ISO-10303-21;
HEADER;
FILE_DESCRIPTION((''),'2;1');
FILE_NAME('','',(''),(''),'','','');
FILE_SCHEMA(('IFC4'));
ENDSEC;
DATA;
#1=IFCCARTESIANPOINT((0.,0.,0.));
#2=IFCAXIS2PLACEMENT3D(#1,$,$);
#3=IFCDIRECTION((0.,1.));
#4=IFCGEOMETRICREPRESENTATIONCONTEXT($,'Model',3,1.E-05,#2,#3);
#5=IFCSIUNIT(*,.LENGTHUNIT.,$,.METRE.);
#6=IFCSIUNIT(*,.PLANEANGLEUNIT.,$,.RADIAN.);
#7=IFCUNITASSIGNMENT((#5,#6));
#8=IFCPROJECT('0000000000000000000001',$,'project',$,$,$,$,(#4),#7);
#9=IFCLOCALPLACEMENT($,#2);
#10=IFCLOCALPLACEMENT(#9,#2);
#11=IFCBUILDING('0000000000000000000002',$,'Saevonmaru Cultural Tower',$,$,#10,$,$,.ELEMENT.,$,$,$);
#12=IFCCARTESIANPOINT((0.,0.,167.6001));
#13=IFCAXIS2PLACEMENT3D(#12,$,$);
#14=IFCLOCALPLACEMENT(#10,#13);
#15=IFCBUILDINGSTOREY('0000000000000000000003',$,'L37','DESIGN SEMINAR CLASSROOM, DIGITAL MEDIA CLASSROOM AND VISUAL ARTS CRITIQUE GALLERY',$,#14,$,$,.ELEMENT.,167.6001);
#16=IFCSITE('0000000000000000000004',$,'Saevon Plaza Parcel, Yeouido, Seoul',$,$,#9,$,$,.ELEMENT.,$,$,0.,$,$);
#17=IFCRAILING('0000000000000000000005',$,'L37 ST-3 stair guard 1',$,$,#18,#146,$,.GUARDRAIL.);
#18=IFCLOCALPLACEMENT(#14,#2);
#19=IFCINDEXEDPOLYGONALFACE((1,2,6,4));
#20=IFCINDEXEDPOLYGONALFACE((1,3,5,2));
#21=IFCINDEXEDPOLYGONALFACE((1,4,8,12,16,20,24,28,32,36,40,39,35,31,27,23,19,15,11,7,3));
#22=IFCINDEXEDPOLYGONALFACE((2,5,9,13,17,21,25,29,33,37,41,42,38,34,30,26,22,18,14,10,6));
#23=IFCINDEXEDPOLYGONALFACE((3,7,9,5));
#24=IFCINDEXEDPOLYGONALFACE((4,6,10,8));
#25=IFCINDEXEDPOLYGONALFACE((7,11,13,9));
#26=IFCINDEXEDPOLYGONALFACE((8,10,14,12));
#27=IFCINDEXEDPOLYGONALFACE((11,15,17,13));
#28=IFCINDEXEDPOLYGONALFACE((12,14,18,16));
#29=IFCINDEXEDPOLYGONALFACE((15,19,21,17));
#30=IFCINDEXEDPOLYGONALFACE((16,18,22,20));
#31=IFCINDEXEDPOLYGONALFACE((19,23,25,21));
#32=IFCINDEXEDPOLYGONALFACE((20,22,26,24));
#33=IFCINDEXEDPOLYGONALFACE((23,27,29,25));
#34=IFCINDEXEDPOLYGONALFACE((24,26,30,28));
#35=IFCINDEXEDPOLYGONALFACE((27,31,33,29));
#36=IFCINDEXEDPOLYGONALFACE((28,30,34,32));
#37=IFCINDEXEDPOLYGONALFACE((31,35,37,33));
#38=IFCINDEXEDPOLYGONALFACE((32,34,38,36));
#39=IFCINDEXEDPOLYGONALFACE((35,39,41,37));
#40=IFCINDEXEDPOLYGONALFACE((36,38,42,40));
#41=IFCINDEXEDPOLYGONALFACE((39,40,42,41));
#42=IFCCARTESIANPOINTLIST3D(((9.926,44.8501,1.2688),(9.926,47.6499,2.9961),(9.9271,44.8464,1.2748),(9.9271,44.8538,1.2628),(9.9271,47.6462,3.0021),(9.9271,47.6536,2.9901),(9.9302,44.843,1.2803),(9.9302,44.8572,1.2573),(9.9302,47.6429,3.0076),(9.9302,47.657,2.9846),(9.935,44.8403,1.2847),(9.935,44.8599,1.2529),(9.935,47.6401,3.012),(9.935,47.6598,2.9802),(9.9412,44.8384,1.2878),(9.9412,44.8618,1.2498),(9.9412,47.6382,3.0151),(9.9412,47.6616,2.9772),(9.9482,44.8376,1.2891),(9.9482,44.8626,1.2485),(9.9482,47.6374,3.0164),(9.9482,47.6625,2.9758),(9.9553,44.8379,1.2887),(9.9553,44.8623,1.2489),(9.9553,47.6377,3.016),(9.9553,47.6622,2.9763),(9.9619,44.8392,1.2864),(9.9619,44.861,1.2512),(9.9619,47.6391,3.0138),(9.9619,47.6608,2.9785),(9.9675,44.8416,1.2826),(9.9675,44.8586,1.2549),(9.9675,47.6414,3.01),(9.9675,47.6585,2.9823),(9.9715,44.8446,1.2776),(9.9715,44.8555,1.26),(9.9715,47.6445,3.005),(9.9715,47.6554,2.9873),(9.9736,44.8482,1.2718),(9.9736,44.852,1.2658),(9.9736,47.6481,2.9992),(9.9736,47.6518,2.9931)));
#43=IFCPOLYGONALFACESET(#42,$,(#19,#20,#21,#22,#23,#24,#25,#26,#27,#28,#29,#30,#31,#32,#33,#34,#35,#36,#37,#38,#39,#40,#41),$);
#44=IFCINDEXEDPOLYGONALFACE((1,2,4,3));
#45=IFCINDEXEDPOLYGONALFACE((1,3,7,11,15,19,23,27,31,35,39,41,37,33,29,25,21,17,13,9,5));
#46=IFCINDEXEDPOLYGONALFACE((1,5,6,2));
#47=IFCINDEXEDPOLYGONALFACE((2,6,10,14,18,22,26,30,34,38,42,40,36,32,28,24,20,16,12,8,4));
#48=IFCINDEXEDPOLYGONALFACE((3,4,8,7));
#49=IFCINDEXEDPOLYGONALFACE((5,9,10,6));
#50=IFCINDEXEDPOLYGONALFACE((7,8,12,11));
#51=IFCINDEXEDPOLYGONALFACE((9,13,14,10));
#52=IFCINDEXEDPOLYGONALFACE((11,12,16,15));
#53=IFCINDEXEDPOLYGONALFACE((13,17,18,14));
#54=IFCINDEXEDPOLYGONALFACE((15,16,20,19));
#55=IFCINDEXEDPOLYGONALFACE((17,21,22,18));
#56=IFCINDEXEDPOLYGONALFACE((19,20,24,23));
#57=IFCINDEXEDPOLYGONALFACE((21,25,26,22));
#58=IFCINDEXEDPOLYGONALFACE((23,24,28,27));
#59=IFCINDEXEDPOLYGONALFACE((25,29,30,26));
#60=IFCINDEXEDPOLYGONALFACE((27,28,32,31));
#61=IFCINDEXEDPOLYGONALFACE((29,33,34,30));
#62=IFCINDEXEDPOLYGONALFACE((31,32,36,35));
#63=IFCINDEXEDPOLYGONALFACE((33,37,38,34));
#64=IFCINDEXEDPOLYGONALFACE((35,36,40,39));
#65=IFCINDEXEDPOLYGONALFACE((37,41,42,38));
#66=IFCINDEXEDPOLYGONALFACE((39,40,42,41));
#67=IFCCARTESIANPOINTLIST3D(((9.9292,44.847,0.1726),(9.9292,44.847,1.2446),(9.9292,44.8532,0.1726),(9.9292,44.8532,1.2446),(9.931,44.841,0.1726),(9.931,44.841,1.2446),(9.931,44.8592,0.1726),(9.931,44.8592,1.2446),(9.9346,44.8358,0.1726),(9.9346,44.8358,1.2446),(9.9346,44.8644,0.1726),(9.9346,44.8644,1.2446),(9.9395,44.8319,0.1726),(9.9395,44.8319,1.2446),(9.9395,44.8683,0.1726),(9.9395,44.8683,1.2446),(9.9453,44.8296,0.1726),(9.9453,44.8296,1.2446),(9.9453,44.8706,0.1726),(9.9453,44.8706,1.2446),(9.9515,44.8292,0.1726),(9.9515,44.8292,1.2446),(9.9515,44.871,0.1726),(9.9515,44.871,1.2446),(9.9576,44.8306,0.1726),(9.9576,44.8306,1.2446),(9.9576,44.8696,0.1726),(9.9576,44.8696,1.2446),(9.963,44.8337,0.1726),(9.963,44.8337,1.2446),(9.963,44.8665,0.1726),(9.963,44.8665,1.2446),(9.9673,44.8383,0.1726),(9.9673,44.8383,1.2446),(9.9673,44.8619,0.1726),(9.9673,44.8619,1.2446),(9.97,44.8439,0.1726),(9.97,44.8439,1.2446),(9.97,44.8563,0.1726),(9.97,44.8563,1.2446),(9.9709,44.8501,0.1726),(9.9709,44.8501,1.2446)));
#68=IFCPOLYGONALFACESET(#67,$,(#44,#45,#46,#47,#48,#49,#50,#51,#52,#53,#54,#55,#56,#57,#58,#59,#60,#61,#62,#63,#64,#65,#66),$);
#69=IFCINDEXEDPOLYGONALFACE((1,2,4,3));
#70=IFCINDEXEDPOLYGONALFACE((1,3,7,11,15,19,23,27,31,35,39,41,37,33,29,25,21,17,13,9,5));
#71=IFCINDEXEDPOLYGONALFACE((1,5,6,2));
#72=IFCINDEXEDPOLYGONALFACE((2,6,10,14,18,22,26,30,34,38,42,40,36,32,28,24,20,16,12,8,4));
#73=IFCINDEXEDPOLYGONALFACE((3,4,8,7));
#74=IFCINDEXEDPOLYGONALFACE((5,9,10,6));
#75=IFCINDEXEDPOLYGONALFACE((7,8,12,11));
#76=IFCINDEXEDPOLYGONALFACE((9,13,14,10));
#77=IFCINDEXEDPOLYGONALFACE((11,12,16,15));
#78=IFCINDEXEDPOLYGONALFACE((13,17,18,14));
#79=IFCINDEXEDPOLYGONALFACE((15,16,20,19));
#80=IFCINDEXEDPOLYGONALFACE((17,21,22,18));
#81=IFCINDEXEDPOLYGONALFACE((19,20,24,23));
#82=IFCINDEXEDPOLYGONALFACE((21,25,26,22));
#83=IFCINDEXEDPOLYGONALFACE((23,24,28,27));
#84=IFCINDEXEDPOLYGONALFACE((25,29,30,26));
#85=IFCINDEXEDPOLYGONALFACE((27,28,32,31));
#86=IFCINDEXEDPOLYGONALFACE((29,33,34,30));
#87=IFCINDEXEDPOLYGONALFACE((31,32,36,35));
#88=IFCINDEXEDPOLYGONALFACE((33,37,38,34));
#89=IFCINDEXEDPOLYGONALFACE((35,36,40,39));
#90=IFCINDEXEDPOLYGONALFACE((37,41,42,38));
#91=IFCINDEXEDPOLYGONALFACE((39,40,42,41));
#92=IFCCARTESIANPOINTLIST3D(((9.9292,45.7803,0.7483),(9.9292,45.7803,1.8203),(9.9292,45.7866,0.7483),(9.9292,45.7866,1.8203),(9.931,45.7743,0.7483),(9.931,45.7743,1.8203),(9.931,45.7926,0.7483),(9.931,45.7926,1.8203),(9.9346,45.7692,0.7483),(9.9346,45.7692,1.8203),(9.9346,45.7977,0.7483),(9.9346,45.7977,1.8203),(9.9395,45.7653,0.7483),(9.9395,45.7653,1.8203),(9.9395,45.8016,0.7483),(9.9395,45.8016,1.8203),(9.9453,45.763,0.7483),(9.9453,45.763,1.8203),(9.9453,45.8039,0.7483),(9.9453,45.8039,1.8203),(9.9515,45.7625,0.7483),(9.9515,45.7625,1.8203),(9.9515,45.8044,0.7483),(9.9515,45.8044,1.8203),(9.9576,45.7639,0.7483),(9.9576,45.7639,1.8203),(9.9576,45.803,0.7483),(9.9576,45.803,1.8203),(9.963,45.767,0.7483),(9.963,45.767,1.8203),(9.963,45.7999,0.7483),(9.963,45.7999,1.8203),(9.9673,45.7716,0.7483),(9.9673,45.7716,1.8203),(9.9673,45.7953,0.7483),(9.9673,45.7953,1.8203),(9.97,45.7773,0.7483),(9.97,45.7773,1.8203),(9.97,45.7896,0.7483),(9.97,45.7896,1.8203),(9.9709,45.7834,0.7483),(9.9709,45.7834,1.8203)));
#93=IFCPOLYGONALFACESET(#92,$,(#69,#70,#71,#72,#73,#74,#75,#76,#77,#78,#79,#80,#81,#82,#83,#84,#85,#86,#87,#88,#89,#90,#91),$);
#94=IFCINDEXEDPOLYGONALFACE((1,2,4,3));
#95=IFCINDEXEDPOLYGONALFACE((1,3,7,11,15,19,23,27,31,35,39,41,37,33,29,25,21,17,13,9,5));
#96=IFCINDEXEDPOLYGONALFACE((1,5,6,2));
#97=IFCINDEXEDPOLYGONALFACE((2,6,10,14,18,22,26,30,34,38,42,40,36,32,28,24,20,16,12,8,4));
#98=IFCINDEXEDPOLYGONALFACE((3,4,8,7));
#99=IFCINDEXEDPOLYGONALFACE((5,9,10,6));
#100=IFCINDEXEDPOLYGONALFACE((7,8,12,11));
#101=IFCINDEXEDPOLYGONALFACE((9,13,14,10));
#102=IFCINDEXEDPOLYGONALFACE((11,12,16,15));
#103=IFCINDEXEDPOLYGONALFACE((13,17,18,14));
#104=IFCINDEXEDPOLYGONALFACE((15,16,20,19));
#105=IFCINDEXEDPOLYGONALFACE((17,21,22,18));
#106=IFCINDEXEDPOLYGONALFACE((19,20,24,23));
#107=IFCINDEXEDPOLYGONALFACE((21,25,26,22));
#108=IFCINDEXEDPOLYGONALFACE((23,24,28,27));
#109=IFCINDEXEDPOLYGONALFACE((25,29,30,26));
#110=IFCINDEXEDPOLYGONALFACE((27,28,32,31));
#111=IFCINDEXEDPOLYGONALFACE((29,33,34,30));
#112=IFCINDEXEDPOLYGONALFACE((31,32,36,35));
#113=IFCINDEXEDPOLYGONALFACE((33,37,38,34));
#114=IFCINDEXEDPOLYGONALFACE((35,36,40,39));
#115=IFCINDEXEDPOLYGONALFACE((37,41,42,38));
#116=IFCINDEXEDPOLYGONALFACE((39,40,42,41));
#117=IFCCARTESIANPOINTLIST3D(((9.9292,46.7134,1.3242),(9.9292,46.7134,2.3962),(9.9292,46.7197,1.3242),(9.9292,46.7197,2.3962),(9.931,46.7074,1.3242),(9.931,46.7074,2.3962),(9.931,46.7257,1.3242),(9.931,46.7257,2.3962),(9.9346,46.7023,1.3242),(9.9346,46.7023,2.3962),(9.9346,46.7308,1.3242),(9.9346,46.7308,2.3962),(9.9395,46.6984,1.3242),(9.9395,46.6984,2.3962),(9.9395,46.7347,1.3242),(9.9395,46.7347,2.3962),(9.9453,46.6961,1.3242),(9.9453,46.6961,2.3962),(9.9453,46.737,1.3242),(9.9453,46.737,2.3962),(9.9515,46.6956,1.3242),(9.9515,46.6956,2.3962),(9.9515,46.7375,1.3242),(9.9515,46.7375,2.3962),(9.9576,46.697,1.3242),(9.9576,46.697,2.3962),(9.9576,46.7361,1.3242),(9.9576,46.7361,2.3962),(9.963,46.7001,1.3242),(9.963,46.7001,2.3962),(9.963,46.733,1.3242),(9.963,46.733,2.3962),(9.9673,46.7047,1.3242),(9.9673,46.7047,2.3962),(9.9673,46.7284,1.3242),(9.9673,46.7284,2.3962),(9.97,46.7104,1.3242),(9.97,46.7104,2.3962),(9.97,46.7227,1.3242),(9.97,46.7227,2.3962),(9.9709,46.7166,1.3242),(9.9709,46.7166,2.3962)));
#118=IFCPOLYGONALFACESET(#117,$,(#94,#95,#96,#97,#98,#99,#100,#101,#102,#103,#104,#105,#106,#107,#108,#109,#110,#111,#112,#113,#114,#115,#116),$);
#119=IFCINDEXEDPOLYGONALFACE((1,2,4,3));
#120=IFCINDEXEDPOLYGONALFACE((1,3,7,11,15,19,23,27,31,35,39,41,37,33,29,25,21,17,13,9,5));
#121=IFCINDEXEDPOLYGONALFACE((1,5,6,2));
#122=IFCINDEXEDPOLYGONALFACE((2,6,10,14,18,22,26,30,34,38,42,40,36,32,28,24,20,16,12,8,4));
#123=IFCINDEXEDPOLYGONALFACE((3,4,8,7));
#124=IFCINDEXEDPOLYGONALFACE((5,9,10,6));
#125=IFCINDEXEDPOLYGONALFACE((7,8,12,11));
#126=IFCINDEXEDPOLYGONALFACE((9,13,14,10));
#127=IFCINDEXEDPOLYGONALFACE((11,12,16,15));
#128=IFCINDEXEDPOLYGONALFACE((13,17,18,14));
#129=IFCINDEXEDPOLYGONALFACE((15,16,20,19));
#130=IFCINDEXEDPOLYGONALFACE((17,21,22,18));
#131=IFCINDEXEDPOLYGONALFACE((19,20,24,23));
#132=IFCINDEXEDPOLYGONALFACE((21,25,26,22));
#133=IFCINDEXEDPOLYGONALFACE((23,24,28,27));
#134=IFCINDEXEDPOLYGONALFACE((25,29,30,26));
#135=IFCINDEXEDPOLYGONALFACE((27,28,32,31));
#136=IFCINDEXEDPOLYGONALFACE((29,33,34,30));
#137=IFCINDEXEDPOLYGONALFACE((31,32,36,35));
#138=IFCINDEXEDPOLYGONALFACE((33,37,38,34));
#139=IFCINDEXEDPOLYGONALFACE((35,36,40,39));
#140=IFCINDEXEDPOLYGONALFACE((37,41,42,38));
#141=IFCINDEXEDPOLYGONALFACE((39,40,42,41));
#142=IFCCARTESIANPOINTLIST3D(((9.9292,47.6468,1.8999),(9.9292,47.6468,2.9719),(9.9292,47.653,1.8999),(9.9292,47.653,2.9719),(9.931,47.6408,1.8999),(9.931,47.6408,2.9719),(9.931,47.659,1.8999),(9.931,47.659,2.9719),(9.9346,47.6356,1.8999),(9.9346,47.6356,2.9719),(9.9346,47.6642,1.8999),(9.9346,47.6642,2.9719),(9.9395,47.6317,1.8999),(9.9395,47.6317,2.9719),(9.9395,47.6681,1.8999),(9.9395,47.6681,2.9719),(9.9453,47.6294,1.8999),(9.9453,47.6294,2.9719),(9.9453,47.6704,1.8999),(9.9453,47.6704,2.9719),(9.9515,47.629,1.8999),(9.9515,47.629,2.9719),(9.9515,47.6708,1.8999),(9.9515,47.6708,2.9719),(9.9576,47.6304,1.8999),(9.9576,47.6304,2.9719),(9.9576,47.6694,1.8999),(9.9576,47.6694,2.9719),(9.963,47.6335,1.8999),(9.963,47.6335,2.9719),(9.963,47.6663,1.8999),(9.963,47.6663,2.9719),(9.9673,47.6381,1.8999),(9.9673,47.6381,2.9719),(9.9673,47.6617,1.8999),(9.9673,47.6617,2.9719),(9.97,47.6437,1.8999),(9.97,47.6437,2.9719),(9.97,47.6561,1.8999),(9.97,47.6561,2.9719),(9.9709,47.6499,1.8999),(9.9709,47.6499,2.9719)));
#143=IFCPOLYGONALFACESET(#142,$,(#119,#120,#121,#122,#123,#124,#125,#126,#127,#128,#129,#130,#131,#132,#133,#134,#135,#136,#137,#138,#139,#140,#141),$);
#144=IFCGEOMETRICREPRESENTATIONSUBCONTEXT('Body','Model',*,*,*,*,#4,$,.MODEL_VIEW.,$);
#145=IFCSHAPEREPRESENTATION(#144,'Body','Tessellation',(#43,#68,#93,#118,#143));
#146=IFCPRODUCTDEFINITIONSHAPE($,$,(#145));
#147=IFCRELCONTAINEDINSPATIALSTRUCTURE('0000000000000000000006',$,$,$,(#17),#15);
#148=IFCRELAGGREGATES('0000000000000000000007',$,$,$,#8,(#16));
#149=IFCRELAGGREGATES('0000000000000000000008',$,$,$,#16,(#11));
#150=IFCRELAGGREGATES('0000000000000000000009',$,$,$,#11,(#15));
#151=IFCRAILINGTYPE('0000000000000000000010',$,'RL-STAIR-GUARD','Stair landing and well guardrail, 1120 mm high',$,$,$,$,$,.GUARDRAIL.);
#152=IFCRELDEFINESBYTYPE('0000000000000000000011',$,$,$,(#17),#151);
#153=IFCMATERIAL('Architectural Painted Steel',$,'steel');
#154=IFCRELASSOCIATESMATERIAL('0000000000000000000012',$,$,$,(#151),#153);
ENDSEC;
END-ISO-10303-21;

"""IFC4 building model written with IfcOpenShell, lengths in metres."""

from ifc_helpers import new_model, si_unit, direction, frame, origin, origin_2d, place, context, subcontext, project, spatial, circle, extrude, material, type_object, element, save


model = new_model("IFC4")

# Units and contexts
model_context = context("Model", 3, precision=1e-05, world=origin(), true_north=direction((0.0, 1.0)))
body_context = subcontext(model_context, "Body", "Model", "MODEL_VIEW")
ifc_project = project(units=[si_unit("LENGTHUNIT", "METRE"), si_unit("PLANEANGLEUNIT", "RADIAN")], contexts=[model_context])

# Site, building, storey
site_placement = place(None, origin())
site = spatial("IfcSite", under=ifc_project, at=site_placement, Name="Saevon Plaza Parcel, Yeouido, Seoul", CompositionType="ELEMENT", RefElevation=0.0)
building_placement = place(site_placement, origin())
building = spatial("IfcBuilding", under=site, at=building_placement, Name="Saevonmaru Cultural Tower", CompositionType="ELEMENT")
storey_placement = place(building_placement, frame((0.0, 0.0, 167.6001)))
storey = spatial("IfcBuildingStorey", under=building, at=storey_placement, Name="L37", Description="DESIGN SEMINAR CLASSROOM, DIGITAL MEDIA CLASSROOM AND VISUAL ARTS CRITIQUE GALLERY", CompositionType="ELEMENT", Elevation=167.6001)

# Railing
ifc_material_1 = material(Name="Architectural Painted Steel", Category="steel")
railing_type_1 = type_object("IfcRailingType", Name="RL-STAIR-GUARD", Description="Stair landing and well guardrail, 1120 mm high", PredefinedType="GUARDRAIL", material=ifc_material_1)
railing_1_placement = place(storey_placement, frame((9.95, 44.8501, 0.1726)))
element("IfcRailing", 1, at=railing_1_placement, inside=storey, type_object=railing_type_1, Name="L37 ST-3 stair guard 1", PredefinedType="GUARDRAIL", context=body_context, shape_type="SweptSolid", body=[
    extrude(circle(Radius=0.0239, at=origin_2d()), frame((0.0, 0.0, 1.0962), z_axis=(0.0, 0.851069, 0.525054), x_axis=(-1.0, 0.0, 0.0)), (0.0, 0.0, 1.0), 3.2898),
    extrude(circle(Radius=0.021, at=origin_2d()), origin(), (0.0, 0.0, 1.0), 1.072),
    extrude(circle(Radius=0.021, at=origin_2d()), frame((0.0, 0.9333, 0.5757)), (0.0, 0.0, 1.0), 1.072),
    extrude(circle(Radius=0.021, at=origin_2d()), frame((0.0, 1.8665, 1.1516)), (0.0, 0.0, 1.0), 1.072),
    extrude(circle(Radius=0.021, at=origin_2d()), frame((0.0, 2.7998, 1.7273)), (0.0, 0.0, 1.0), 1.072),
])

save(model, "model.ifc")
